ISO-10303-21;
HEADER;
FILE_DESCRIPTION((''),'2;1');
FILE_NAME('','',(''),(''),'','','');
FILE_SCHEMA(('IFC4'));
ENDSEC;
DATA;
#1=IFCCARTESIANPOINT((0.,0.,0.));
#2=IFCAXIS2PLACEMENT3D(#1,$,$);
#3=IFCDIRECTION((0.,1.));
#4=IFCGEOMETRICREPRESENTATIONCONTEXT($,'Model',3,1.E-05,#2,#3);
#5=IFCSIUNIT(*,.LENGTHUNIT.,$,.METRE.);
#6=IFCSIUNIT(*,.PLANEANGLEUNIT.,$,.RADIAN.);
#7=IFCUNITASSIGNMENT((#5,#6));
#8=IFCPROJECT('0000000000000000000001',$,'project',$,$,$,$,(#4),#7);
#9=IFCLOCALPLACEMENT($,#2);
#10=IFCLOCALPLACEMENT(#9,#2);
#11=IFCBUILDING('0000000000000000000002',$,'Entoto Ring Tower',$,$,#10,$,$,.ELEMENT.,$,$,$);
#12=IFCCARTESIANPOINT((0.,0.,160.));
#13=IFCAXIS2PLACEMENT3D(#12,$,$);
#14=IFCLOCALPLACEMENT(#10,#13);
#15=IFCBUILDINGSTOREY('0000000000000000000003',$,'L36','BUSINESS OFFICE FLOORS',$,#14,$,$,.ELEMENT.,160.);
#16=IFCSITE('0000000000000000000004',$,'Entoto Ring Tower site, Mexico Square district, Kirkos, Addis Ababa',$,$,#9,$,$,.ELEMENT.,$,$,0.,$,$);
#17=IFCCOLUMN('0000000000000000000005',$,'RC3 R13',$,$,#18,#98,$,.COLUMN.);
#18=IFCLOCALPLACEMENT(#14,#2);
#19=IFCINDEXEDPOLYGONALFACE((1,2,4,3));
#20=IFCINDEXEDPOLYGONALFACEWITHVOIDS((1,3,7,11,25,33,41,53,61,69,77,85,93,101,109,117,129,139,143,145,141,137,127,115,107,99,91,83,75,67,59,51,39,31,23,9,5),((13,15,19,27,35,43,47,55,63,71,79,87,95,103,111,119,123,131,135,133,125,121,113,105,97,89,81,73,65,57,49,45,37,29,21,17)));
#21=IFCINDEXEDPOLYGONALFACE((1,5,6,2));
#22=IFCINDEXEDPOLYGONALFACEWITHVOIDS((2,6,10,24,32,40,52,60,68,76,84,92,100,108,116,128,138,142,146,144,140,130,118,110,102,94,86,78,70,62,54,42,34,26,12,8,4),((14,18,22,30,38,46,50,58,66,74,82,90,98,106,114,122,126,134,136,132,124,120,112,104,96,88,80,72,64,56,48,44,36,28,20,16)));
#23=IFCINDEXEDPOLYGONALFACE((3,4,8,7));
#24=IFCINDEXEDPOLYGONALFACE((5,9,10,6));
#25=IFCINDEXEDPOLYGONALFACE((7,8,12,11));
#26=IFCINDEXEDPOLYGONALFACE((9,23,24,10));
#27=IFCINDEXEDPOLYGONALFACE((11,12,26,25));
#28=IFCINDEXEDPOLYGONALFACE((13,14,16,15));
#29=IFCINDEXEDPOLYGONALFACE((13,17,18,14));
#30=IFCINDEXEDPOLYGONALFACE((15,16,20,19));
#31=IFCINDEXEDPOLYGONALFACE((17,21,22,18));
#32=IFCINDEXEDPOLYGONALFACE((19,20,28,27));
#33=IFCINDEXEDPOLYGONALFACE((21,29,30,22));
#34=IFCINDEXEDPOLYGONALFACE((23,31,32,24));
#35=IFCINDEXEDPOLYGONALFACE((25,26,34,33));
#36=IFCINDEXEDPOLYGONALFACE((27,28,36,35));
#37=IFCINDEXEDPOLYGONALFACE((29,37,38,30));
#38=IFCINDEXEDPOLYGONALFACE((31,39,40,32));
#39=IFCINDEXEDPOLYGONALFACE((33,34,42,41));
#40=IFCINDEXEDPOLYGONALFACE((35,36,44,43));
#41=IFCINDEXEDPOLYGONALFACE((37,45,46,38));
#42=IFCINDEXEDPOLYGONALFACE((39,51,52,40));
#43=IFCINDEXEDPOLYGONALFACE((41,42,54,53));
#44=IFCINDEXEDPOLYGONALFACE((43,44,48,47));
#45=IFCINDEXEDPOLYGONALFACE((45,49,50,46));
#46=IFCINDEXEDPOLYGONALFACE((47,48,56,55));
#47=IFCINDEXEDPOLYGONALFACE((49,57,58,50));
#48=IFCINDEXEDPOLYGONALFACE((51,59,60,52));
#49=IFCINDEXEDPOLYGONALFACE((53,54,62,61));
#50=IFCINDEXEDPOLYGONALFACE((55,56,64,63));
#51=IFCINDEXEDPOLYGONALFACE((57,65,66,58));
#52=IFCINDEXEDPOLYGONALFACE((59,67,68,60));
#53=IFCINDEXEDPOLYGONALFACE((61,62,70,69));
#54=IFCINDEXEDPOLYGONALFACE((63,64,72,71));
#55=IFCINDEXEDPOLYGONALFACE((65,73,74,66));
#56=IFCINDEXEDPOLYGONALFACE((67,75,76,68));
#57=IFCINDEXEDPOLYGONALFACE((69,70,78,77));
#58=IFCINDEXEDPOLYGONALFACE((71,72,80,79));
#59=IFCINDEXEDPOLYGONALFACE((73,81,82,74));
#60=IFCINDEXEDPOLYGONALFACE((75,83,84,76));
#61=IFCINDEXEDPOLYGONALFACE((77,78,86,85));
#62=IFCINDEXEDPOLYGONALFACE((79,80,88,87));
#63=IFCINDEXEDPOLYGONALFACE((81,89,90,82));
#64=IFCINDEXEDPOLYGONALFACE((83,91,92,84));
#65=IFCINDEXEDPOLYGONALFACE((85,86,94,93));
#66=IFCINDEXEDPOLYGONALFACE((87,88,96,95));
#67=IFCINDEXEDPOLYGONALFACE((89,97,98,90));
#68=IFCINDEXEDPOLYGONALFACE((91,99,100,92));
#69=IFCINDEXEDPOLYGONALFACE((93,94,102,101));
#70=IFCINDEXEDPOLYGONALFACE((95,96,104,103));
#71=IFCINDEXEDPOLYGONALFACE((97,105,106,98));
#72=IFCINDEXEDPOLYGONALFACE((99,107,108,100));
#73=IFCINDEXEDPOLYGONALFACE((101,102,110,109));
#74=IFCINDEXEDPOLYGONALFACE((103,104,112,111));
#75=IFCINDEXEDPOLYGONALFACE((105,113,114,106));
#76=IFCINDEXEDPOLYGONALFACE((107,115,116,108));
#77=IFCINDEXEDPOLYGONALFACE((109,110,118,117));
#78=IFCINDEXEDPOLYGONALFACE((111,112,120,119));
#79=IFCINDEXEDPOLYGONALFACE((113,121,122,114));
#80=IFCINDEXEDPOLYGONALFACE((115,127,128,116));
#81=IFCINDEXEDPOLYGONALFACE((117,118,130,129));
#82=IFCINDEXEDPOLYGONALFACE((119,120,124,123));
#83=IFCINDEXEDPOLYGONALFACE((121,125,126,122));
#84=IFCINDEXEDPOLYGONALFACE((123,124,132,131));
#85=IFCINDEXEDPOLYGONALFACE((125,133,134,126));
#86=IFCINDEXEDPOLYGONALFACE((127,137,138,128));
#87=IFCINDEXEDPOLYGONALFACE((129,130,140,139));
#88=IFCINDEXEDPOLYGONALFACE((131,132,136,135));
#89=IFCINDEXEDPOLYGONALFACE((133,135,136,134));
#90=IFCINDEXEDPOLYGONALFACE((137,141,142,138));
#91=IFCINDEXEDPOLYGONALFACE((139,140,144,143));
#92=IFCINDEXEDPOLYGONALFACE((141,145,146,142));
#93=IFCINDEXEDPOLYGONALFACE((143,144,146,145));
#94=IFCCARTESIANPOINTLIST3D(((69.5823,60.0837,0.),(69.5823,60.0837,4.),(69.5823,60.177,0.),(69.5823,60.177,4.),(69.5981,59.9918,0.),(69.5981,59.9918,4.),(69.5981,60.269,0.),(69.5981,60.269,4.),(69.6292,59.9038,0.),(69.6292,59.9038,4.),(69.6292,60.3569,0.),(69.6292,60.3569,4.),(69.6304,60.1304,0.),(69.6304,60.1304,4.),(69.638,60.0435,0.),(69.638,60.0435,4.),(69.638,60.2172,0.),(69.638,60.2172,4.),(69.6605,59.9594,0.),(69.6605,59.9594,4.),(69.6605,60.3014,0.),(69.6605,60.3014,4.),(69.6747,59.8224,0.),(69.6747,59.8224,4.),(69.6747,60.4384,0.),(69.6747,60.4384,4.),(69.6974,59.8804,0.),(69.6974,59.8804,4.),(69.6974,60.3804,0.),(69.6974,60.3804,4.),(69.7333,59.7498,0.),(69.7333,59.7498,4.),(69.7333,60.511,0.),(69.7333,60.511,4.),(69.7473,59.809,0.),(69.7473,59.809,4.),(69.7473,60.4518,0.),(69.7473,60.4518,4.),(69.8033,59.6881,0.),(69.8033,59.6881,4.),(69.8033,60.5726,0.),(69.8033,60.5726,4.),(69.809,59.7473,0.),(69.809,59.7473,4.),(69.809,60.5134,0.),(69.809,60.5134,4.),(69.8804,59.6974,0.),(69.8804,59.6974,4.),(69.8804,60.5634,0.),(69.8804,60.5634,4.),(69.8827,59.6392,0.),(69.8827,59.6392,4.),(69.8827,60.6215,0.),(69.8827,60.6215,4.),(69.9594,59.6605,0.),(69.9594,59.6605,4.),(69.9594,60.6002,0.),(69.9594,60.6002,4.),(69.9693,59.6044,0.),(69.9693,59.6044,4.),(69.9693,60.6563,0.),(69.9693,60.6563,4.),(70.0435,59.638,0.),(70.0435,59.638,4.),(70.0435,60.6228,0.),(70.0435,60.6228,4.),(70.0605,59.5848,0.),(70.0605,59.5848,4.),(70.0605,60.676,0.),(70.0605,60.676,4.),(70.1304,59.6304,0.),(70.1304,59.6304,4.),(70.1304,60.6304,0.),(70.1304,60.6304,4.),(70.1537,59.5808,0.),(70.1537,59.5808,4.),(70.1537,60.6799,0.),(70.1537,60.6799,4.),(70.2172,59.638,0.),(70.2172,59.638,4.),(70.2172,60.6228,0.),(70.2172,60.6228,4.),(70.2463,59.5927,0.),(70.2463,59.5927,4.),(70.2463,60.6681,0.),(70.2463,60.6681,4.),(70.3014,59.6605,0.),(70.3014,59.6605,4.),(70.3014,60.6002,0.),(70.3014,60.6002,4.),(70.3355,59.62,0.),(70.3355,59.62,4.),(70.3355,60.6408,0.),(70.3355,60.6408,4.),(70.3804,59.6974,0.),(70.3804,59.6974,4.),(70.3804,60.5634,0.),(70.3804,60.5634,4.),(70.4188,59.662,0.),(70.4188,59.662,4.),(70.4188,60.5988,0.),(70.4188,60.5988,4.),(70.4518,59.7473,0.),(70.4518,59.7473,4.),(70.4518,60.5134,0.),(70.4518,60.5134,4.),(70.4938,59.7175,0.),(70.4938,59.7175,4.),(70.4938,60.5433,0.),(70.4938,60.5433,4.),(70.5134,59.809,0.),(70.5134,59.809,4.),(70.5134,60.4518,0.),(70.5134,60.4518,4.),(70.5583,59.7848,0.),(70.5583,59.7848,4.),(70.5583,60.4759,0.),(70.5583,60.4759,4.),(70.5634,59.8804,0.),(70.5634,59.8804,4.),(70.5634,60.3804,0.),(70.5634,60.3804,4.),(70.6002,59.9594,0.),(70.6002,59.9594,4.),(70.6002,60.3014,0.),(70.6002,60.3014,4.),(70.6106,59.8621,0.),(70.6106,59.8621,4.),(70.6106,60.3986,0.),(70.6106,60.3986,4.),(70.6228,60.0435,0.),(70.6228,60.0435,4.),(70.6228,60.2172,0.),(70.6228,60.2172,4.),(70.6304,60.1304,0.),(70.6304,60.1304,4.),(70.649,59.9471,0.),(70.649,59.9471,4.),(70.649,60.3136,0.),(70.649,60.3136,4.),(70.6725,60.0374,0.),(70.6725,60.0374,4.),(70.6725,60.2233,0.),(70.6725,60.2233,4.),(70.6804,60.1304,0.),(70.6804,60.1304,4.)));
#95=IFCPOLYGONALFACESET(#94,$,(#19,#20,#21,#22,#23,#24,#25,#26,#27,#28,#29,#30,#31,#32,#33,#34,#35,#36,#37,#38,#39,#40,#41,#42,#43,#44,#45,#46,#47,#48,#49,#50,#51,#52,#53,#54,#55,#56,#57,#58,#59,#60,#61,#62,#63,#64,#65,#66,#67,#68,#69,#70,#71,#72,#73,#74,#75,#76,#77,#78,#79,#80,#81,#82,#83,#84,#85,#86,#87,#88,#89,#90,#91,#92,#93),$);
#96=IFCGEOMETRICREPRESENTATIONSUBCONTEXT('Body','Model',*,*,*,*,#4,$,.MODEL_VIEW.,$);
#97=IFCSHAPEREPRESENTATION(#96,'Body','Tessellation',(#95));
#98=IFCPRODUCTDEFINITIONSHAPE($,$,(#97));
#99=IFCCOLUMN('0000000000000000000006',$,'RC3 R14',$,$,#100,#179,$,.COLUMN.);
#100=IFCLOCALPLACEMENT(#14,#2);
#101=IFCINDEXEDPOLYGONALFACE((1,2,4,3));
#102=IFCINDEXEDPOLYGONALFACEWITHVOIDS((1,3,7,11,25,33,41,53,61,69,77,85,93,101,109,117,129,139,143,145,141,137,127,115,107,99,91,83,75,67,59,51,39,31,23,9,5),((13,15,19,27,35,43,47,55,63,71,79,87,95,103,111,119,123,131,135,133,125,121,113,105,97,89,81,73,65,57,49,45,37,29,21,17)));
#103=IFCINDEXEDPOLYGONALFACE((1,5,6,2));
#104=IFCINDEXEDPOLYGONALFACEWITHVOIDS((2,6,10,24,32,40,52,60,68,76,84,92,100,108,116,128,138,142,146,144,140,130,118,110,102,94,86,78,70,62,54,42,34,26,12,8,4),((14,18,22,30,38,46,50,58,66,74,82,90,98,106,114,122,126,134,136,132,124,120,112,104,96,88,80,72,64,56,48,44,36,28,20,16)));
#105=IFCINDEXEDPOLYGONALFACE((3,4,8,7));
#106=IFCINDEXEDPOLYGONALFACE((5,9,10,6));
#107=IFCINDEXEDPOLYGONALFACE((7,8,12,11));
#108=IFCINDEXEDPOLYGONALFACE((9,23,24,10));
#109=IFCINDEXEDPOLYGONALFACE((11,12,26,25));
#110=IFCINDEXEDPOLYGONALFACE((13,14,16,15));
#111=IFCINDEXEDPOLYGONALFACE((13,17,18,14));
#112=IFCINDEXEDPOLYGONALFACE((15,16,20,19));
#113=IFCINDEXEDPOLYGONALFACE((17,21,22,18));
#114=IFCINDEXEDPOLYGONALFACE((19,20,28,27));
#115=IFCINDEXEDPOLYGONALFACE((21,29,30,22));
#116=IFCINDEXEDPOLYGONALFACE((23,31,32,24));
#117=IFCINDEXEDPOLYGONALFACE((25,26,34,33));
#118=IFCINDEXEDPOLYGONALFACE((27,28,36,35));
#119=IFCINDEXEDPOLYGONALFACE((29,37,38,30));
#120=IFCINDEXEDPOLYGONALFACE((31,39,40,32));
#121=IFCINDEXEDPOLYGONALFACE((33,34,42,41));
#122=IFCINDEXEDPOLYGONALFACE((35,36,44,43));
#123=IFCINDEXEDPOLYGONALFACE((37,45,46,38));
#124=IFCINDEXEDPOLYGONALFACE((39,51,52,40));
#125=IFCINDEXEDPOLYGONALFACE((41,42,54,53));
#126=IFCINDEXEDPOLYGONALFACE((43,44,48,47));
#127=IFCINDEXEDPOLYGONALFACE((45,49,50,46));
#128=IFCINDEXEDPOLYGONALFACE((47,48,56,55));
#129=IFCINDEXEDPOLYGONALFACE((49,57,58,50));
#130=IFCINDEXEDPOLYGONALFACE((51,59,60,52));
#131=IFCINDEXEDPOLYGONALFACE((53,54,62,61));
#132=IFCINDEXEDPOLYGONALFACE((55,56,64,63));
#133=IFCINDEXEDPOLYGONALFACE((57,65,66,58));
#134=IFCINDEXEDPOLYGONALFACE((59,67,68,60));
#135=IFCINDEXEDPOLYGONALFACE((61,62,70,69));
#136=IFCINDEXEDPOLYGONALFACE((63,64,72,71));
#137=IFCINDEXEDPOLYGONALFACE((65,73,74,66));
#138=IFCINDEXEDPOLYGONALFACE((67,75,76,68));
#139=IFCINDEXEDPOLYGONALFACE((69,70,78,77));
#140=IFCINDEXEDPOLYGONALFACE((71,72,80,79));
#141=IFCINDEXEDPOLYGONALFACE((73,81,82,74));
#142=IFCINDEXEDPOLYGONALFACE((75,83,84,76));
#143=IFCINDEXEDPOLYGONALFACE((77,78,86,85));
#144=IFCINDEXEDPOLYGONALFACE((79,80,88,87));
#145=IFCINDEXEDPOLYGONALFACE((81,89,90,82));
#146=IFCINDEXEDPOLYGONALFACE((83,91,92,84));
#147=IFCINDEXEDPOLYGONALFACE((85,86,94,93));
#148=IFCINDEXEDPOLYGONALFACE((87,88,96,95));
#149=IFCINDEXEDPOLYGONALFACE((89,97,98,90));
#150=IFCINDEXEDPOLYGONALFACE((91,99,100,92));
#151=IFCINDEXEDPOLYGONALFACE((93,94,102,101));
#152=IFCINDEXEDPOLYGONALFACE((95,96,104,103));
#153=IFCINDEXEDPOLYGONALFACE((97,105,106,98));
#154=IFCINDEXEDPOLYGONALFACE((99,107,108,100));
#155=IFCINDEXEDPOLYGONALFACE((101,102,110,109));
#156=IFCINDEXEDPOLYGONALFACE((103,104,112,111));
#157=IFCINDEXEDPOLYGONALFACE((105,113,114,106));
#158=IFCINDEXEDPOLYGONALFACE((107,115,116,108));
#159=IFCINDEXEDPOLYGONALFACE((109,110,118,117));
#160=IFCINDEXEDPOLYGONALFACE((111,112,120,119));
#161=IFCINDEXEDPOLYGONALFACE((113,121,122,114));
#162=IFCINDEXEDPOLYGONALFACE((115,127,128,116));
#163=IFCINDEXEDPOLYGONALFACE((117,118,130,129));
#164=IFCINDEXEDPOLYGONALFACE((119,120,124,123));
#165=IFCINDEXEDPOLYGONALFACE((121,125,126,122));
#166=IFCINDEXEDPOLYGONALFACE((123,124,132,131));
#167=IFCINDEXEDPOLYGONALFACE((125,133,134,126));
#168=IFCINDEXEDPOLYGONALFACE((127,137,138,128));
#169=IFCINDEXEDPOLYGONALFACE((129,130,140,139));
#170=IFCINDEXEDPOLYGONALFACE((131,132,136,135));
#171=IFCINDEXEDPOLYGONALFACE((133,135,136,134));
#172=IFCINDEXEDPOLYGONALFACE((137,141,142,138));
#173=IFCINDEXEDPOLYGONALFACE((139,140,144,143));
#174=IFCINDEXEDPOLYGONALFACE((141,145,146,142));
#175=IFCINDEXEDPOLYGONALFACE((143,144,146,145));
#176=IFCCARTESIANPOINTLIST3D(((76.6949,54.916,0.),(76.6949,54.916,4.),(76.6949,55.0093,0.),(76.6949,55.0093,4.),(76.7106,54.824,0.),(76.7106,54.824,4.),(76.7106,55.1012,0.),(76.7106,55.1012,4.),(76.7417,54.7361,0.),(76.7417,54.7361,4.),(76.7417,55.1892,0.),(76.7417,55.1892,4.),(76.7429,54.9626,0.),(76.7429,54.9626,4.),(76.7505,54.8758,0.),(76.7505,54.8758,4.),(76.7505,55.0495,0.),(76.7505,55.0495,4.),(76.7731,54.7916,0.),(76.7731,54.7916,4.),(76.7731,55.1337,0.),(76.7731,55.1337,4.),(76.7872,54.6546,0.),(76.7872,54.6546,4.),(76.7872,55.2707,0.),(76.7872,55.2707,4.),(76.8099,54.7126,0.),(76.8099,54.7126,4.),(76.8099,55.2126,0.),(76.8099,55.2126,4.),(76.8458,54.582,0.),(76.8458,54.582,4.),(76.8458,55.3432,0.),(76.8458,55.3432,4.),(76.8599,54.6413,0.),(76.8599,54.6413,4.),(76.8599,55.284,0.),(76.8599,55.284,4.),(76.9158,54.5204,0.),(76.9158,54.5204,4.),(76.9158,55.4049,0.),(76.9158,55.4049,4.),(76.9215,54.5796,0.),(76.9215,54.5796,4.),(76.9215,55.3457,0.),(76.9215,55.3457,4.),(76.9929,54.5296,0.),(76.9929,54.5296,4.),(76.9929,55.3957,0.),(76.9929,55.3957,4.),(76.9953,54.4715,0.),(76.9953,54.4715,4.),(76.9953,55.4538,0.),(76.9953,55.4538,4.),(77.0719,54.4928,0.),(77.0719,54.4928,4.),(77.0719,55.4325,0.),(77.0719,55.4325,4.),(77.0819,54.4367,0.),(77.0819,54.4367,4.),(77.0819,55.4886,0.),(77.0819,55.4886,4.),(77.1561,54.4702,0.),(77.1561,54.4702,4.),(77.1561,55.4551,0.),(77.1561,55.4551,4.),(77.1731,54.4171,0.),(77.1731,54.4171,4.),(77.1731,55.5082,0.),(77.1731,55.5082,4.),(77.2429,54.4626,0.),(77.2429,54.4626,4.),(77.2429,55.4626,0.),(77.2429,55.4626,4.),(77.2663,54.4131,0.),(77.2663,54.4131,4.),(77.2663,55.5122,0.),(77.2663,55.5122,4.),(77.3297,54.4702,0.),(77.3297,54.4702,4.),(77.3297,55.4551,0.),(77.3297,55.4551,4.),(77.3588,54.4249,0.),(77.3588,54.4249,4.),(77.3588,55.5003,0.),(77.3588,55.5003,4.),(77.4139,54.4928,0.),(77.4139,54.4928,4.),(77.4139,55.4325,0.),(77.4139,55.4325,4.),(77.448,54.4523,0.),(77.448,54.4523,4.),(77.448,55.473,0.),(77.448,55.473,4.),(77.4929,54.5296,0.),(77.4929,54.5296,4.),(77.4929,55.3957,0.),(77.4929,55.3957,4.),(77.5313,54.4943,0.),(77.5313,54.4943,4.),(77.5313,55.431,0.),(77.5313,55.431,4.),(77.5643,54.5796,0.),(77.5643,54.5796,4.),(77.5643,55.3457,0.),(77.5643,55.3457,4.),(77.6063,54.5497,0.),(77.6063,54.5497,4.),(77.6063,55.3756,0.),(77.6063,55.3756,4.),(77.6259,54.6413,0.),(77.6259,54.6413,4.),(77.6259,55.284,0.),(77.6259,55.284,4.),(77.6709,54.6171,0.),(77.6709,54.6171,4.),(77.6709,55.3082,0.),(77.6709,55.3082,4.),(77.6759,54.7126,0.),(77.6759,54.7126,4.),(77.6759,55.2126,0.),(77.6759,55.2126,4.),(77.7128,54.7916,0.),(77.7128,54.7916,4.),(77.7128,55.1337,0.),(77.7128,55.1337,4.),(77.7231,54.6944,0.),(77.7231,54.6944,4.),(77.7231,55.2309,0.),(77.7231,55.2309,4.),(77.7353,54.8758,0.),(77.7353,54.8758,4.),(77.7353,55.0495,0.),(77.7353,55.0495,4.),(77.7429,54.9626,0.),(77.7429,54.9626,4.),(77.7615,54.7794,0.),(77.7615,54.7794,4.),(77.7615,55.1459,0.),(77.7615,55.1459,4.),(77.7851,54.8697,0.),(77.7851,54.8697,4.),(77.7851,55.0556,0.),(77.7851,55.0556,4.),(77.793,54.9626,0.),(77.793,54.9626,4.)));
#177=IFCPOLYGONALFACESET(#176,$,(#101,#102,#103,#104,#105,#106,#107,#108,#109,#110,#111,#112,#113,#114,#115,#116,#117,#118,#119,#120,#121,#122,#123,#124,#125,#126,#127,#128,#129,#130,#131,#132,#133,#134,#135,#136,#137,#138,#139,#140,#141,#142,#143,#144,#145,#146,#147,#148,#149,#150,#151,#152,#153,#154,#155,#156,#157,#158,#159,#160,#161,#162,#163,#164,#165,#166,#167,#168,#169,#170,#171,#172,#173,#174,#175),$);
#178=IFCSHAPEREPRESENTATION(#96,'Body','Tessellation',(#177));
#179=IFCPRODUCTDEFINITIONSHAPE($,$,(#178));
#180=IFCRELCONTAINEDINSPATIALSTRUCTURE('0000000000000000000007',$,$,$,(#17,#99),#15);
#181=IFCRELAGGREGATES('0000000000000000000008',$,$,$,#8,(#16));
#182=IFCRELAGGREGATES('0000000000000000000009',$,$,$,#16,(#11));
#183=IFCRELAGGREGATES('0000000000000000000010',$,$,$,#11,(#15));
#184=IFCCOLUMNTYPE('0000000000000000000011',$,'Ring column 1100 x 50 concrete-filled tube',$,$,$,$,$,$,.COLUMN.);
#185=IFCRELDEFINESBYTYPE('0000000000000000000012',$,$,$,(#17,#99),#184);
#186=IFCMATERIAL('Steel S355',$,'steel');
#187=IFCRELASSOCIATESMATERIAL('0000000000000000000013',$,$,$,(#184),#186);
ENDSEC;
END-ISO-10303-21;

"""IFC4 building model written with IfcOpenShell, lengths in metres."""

from ifc_helpers import new_model, si_unit, direction, frame, origin, origin_2d, place, context, subcontext, project, spatial, circle, hollow_circle, extrude, material, material_profile, profile_set, type_object, element, save


model = new_model("IFC4")

# Units and contexts
model_context = context("Model", 3, precision=1e-05, world=origin(), true_north=direction((0.0, 1.0)))
body_context = subcontext(model_context, "Body", "Model", "MODEL_VIEW")
ifc_project = project(units=[si_unit("LENGTHUNIT", "METRE"), si_unit("PLANEANGLEUNIT", "RADIAN")], contexts=[model_context])

# Site, building, storey
site_placement = place(None, origin())
site = spatial("IfcSite", under=ifc_project, at=site_placement, Name="Entoto Ring Tower site, Mexico Square district, Kirkos, Addis Ababa", CompositionType="ELEMENT", RefElevation=0.0)
building_placement = place(site_placement, origin())
building = spatial("IfcBuilding", under=site, at=building_placement, Name="Entoto Ring Tower", CompositionType="ELEMENT")
storey_placement = place(building_placement, frame((0.0, 0.0, 160.0)))
storey = spatial("IfcBuildingStorey", under=building, at=storey_placement, Name="L36", Description="BUSINESS OFFICE FLOORS", CompositionType="ELEMENT", Elevation=160.0)

# Columns
ifc_material_1 = material(Name="Steel S355", Category="steel")
ifc_material_profile_1 = material_profile(ifc_material_1, hollow_circle(Radius=0.55, WallThickness=0.05, at=origin_2d()), Name="CHS 1100 x 50")
ifc_material_2 = material(Name="Concrete C60/75", Category="concrete")
ifc_material_profile_2 = material_profile(ifc_material_2, circle(Radius=0.5, at=origin_2d()), Name="Concrete C60/75 infill")
ifc_profile_set_1 = profile_set([ifc_material_profile_1, ifc_material_profile_2], Name="Steel S355")
column_type = type_object("IfcColumnType", Name="Ring column 1100 x 50 concrete-filled tube", PredefinedType="COLUMN", material=ifc_profile_set_1)
for number, where, z_axis, x_axis, name in (
    (1, (70.1304, 60.1304, 0.0), (0.0, 0.0, 1.0), (1.0, 0.0, 0.0), "RC3 R13"),
    (2, (77.2429, 54.9626, 0.0), (0.0, 0.0, 1.0), (1.0, 0.0, 0.0), "RC3 R14"),
):
    element("IfcColumn", number, at=place(storey_placement, frame(where, z_axis=z_axis, x_axis=x_axis)), inside=storey, type_object=column_type, Name=name, PredefinedType="COLUMN", context=body_context, shape_type="SweptSolid", body=[
        extrude(hollow_circle(Radius=0.55, WallThickness=0.05, at=origin_2d()), origin(), (0.0, 0.0, 1.0), 4.0),
    ])

save(model, "model.ifc")
